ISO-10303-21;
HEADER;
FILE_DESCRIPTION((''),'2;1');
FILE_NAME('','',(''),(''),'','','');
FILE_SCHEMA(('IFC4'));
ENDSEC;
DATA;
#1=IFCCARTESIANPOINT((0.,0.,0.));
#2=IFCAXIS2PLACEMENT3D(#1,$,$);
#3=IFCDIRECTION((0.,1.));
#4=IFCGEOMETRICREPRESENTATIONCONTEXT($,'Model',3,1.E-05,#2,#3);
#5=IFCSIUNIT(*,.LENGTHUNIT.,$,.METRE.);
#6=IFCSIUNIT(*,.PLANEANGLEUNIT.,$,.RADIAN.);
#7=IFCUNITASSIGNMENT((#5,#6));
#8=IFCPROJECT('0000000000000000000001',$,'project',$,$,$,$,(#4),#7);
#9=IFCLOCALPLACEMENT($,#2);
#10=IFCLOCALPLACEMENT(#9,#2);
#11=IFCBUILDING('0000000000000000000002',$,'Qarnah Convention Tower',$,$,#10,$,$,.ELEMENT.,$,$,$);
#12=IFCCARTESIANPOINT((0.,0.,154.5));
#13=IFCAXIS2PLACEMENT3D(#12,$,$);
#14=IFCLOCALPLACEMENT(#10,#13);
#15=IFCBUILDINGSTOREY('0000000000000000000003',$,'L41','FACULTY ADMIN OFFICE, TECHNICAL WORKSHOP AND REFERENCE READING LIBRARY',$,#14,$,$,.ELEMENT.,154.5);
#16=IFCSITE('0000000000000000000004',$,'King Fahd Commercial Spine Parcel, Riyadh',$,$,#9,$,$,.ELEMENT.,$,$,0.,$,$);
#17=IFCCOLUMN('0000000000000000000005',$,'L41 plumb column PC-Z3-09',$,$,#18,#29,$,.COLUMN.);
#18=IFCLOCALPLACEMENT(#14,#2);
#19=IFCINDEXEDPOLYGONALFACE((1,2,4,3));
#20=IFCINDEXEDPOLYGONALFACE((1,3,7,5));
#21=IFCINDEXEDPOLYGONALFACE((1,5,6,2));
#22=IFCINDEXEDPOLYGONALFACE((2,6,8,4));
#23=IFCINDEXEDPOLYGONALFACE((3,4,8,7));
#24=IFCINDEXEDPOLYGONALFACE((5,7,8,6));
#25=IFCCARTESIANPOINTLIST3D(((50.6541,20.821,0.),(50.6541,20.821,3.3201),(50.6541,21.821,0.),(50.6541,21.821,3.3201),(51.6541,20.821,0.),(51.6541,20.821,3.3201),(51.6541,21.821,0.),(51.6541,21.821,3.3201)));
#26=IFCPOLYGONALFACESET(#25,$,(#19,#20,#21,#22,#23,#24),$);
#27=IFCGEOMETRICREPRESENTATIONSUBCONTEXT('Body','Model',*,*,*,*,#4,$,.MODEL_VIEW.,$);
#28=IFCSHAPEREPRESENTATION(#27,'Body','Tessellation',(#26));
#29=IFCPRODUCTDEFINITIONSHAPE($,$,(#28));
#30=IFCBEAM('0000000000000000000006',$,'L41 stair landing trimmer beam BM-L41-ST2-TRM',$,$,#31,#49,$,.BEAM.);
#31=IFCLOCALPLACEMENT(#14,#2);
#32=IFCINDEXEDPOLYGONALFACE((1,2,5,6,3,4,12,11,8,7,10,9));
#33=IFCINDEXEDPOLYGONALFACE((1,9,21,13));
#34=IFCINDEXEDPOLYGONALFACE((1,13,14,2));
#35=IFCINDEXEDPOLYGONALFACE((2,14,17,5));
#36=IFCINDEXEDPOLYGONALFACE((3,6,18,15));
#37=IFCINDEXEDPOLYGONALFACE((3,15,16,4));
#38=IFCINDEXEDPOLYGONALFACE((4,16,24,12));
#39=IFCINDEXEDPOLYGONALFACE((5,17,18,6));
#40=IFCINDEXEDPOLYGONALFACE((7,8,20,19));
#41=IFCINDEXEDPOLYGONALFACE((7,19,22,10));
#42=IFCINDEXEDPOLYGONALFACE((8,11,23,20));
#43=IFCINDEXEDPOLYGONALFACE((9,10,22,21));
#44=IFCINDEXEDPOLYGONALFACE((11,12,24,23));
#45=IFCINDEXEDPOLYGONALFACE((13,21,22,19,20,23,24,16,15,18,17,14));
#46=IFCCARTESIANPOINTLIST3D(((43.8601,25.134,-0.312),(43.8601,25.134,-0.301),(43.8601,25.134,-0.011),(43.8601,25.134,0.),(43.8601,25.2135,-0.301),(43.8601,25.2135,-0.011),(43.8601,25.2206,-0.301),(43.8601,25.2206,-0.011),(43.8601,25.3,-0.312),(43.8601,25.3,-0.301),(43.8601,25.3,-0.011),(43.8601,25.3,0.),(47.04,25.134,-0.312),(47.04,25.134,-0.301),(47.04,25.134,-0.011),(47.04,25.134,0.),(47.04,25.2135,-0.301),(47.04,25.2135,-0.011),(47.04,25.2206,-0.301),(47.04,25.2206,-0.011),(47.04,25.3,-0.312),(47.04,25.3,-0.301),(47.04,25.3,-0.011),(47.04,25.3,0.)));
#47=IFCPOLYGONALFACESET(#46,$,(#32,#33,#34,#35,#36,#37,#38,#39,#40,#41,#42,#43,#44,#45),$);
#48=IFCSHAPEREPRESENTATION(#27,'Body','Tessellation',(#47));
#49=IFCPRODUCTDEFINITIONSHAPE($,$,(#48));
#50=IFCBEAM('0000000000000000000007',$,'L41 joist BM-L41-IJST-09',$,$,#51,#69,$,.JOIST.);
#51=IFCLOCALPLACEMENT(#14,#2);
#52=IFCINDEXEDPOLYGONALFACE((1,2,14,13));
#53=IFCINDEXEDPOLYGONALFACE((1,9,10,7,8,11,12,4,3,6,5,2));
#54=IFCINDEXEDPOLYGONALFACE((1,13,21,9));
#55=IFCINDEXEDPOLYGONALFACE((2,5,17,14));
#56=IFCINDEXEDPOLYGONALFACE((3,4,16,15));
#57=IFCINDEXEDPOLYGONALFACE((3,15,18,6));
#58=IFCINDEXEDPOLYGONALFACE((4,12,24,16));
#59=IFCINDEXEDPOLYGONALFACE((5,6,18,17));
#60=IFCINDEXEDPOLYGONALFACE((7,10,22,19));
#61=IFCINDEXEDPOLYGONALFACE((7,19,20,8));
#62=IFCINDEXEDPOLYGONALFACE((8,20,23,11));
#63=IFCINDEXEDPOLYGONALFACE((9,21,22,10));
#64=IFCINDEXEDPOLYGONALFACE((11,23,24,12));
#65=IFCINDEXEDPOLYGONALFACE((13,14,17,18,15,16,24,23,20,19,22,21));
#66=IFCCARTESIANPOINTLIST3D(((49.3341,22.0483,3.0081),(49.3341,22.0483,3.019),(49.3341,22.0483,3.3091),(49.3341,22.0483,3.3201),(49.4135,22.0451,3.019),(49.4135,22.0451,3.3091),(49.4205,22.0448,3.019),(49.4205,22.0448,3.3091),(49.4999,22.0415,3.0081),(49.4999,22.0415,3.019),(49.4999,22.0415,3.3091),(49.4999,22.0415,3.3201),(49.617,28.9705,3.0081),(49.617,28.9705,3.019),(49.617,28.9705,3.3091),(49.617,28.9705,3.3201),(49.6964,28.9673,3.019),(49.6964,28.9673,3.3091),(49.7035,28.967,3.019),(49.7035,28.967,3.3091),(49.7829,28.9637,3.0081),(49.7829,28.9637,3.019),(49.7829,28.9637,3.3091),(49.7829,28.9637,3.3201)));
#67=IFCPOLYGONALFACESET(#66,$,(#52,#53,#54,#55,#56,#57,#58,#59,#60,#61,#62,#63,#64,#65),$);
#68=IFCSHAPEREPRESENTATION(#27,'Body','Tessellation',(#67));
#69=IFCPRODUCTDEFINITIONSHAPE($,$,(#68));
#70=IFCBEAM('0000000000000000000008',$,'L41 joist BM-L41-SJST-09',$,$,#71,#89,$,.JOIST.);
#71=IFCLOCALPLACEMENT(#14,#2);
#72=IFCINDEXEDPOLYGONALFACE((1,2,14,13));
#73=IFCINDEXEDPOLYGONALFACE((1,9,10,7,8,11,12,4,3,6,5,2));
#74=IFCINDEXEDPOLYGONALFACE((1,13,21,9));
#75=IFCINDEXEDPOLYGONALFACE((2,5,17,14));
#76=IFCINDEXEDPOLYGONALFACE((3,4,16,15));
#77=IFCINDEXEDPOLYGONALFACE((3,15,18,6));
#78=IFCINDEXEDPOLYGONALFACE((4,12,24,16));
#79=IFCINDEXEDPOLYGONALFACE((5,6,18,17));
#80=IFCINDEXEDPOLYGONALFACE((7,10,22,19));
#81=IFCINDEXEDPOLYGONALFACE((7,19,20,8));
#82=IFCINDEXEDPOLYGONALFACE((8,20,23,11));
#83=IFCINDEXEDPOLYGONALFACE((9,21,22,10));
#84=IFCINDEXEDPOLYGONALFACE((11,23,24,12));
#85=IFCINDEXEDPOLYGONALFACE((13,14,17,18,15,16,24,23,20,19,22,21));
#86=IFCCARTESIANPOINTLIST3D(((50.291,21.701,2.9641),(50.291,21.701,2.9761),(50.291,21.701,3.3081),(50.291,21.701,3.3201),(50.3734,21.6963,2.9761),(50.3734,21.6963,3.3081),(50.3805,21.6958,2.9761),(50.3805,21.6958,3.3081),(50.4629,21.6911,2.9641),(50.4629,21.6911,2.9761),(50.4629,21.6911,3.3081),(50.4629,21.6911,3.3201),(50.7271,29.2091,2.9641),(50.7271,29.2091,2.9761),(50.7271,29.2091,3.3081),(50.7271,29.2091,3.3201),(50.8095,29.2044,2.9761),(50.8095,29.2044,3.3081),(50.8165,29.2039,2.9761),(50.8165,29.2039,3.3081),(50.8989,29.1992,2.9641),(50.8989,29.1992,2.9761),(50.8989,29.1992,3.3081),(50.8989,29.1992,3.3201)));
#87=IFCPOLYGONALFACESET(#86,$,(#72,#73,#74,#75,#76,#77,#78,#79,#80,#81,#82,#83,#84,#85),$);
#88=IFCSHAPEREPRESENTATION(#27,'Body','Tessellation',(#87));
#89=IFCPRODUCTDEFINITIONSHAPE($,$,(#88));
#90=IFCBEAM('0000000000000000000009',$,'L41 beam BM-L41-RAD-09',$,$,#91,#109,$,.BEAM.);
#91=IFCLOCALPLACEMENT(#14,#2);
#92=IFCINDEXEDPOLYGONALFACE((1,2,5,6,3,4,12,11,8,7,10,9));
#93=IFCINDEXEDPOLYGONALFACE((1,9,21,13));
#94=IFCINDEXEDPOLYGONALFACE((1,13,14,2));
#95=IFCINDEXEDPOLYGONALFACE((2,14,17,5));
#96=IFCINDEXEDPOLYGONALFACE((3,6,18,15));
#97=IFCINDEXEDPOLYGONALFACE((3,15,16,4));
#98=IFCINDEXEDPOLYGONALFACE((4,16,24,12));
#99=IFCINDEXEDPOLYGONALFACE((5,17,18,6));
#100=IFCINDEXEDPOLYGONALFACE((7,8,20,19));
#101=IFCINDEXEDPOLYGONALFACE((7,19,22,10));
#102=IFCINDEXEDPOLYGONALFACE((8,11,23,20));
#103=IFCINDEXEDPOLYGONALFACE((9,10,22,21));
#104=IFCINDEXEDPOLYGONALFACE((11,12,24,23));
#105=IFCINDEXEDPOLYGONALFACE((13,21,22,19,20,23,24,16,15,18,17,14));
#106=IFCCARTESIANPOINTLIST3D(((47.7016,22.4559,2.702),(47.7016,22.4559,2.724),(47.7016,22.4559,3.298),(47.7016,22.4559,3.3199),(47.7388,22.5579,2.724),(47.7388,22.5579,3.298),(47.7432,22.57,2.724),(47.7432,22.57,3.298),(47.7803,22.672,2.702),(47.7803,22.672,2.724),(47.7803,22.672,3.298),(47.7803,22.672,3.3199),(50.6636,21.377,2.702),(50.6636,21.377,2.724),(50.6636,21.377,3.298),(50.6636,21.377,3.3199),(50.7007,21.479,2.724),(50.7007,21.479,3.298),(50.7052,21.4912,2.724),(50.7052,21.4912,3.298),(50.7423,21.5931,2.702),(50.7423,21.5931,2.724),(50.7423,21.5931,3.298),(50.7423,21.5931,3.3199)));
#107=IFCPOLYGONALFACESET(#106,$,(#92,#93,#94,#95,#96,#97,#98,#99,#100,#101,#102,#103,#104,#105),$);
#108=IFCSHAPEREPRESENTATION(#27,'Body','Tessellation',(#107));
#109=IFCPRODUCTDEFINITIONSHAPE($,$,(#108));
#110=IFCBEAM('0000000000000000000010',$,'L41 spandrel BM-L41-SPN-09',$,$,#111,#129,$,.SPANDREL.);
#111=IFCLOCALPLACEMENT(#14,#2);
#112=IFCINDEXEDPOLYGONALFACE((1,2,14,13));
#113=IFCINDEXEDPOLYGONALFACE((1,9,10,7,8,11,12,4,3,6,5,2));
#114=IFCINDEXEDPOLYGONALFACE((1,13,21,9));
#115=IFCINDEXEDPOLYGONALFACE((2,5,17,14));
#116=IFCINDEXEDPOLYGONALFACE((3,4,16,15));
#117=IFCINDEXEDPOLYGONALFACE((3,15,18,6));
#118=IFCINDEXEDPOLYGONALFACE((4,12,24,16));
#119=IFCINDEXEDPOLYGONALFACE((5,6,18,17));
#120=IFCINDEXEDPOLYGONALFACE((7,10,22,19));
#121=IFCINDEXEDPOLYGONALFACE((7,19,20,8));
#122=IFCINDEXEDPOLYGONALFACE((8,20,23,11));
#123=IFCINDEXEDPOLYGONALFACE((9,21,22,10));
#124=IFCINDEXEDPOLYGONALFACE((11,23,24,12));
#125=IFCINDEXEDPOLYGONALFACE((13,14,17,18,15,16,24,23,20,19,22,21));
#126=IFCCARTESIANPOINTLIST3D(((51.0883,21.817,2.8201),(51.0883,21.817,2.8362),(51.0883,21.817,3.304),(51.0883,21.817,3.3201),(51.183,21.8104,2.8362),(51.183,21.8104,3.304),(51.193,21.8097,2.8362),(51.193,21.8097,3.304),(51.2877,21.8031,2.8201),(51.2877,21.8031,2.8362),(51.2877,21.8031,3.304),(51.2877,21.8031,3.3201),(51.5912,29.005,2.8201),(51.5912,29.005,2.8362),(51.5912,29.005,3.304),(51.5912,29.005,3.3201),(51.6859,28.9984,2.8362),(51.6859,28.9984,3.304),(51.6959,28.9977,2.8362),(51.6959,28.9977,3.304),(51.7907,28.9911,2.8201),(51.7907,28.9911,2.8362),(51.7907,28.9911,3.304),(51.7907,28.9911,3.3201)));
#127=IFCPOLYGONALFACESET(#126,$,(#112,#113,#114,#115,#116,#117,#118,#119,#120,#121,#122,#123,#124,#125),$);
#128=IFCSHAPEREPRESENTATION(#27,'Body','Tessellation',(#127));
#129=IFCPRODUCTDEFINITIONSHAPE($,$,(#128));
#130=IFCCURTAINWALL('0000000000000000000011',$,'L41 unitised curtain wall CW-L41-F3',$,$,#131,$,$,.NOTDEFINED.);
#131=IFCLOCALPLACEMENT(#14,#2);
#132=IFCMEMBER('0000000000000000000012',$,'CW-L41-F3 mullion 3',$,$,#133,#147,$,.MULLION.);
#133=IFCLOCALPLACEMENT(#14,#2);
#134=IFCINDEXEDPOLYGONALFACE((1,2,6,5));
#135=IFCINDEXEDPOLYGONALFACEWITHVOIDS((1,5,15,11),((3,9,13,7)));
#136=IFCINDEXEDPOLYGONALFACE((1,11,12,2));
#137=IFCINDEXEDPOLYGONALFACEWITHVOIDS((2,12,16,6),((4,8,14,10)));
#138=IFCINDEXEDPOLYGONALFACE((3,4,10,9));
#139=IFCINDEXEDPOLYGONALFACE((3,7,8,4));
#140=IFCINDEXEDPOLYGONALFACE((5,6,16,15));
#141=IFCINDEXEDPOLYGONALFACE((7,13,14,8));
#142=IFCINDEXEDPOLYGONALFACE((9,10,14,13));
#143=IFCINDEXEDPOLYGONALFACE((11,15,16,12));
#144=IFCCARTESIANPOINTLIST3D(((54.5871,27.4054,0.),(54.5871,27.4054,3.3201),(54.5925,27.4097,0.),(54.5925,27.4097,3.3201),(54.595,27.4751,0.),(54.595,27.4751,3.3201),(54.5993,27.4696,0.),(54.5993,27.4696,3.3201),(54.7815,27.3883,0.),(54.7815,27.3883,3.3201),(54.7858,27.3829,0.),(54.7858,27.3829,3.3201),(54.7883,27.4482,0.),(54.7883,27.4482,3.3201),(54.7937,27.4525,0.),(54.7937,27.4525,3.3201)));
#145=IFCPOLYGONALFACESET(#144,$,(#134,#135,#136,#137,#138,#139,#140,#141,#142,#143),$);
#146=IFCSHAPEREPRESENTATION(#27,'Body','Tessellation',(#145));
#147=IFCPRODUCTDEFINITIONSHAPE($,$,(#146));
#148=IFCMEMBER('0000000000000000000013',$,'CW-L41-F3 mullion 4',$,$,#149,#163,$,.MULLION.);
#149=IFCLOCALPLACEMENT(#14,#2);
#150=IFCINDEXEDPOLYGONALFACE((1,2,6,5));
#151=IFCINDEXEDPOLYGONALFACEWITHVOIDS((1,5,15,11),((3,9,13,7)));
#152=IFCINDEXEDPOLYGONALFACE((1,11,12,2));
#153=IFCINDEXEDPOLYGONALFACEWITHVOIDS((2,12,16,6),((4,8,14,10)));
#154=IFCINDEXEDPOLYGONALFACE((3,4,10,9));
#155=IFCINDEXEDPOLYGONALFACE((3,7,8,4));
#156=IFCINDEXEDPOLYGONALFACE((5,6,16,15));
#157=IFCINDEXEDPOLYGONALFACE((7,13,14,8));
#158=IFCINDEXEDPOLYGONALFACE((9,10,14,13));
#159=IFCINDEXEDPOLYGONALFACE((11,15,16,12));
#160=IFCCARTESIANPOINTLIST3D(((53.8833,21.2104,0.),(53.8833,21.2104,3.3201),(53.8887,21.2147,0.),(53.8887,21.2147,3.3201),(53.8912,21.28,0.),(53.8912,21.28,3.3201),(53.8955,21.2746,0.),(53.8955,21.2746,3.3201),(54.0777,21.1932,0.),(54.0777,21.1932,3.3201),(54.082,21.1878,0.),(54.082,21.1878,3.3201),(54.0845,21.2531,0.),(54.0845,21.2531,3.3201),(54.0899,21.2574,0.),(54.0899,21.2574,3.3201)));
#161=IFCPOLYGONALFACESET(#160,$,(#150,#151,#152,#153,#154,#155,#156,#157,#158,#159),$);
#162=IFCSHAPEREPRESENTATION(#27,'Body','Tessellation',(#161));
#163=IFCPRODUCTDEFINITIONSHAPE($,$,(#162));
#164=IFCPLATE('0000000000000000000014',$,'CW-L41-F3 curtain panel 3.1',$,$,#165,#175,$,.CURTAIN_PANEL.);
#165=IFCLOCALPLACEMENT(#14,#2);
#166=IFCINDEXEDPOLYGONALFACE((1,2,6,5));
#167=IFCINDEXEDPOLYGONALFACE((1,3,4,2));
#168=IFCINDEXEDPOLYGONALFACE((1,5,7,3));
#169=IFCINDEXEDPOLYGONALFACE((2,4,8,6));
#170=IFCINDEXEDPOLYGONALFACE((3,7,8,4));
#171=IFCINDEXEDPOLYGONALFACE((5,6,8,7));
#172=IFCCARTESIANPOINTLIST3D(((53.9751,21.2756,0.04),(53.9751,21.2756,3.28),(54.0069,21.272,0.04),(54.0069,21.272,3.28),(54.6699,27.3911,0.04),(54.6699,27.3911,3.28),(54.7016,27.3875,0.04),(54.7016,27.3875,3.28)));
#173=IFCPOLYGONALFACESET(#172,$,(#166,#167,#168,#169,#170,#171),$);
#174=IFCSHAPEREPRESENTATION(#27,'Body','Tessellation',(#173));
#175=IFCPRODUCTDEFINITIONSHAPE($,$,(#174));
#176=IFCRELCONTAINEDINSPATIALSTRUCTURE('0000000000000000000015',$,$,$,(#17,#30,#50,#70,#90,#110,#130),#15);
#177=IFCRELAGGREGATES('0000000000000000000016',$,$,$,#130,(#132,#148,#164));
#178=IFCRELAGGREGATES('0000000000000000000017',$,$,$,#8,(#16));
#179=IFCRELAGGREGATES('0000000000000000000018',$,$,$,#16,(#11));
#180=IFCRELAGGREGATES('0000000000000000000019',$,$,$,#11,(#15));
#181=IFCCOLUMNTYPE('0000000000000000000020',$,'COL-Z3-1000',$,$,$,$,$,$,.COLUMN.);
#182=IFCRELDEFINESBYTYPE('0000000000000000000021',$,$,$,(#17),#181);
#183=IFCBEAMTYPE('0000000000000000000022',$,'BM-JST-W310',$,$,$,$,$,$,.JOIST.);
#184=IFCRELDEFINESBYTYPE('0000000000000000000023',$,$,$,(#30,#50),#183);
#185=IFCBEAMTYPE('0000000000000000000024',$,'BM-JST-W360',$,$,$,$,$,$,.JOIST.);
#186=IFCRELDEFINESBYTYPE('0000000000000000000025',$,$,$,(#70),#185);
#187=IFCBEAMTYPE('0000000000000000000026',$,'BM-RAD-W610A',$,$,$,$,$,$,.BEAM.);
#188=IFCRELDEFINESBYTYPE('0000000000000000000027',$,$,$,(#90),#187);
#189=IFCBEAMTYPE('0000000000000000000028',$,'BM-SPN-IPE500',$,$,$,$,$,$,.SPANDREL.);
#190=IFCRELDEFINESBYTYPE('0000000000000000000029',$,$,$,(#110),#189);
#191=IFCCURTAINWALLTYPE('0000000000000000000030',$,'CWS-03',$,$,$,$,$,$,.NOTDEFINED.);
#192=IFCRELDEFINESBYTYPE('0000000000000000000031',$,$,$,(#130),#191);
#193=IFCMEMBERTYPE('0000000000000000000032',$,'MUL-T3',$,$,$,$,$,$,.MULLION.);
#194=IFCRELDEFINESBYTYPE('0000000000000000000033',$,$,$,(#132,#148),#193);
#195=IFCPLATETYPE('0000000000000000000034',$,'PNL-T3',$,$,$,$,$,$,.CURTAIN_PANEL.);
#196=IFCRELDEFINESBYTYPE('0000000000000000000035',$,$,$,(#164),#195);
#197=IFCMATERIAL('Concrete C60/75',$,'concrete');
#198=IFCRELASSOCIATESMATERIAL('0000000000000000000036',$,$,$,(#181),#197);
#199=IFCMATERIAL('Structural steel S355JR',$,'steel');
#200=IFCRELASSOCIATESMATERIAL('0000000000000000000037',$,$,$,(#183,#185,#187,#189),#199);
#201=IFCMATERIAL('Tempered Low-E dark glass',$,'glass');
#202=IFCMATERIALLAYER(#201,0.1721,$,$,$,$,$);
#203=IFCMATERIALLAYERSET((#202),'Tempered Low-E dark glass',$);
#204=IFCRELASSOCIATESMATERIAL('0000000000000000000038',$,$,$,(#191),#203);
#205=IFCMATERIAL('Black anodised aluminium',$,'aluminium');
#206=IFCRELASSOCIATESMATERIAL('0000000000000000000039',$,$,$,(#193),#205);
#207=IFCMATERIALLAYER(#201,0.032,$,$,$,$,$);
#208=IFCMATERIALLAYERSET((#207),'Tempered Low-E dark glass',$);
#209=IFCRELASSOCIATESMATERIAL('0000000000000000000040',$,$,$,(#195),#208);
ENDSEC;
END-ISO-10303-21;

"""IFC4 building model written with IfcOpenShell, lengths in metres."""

from ifc_helpers import new_model, si_unit, direction, frame, origin, origin_2d, place, context, subcontext, project, spatial, rectangle, hollow_rectangle, i_section, extrude, material, layer, layer_set, material_profile, profile_set, type_object, element, aggregate, save


model = new_model("IFC4")

# Units and contexts
model_context = context("Model", 3, precision=1e-05, world=origin(), true_north=direction((0.0, 1.0)))
body_context = subcontext(model_context, "Body", "Model", "MODEL_VIEW")
ifc_project = project(units=[si_unit("LENGTHUNIT", "METRE"), si_unit("PLANEANGLEUNIT", "RADIAN")], contexts=[model_context])

# Site, building, storey
site_placement = place(None, origin())
site = spatial("IfcSite", under=ifc_project, at=site_placement, Name="King Fahd Commercial Spine Parcel, Riyadh", CompositionType="ELEMENT", RefElevation=0.0)
building_placement = place(site_placement, origin())
building = spatial("IfcBuilding", under=site, at=building_placement, Name="Qarnah Convention Tower", CompositionType="ELEMENT")
storey_placement = place(building_placement, frame((0.0, 0.0, 154.5)))
storey = spatial("IfcBuildingStorey", under=building, at=storey_placement, Name="L41", Description="FACULTY ADMIN OFFICE, TECHNICAL WORKSHOP AND REFERENCE READING LIBRARY", CompositionType="ELEMENT", Elevation=154.5)

# Column
ifc_material_1 = material(Name="Concrete C60/75", Category="concrete")
ifc_material_profile_1 = material_profile(ifc_material_1, rectangle(XDim=1.0, YDim=1.0, at=origin_2d()), Name="RC-COL-1000X1000")
ifc_profile_set_1 = profile_set([ifc_material_profile_1], Name="Concrete C60/75")
column_type = type_object("IfcColumnType", Name="COL-Z3-1000", PredefinedType="COLUMN", material=ifc_profile_set_1)
column_placement = place(storey_placement, frame((51.1541, 21.321, 0.0), z_axis=(0.0, 0.0, 1.0), x_axis=(1.0, 0.0, 0.0)))
element("IfcColumn", 1, at=column_placement, inside=storey, type_object=column_type, Name="L41 plumb column PC-Z3-09", PredefinedType="COLUMN", context=body_context, shape_type="SweptSolid", body=[
    extrude(rectangle(XDim=1.0, YDim=1.0, at=origin_2d()), origin(), (0.0, 0.0, 1.0), 3.3201),
])

# Beams
ifc_material_2 = material(Name="Structural steel S355JR", Category="steel")
ifc_material_profile_2 = material_profile(ifc_material_2, i_section(OverallWidth=0.166, OverallDepth=0.312, WebThickness=0.0071, FlangeThickness=0.011, at=origin_2d()), Name="W310X45")
ifc_profile_set_2 = profile_set([ifc_material_profile_2], Name="Structural steel S355JR")
beam_type_1 = type_object("IfcBeamType", Name="BM-JST-W310", PredefinedType="JOIST", material=ifc_profile_set_2)
beam_1_placement = place(storey_placement, frame((43.8601, 25.217, -0.156), z_axis=(1.0, 0.0, 0.0), x_axis=(0.0, 1.0, 0.0)))
element("IfcBeam", 2, at=beam_1_placement, inside=storey, type_object=beam_type_1, Name="L41 stair landing trimmer beam BM-L41-ST2-TRM", PredefinedType="BEAM", context=body_context, shape_type="SweptSolid", body=[
    extrude(i_section(OverallWidth=0.166, OverallDepth=0.312, WebThickness=0.0071, FlangeThickness=0.011, at=origin_2d()), origin(), (0.0, 0.0, 1.0), 3.1799),
])
beam_2_placement = place(storey_placement, frame((49.417, 22.0449, 3.1641), z_axis=(0.040843, 0.999166, 0.0), x_axis=(-0.999166, 0.040843, 0.0)))
element("IfcBeam", 3, at=beam_2_placement, inside=storey, type_object=beam_type_1, Name="L41 joist BM-L41-IJST-09", PredefinedType="JOIST", context=body_context, shape_type="SweptSolid", body=[
    extrude(i_section(OverallWidth=0.166, OverallDepth=0.312, WebThickness=0.0071, FlangeThickness=0.011, at=origin_2d()), origin(), (0.0, 0.0, 1.0), 6.928),
])
ifc_material_profile_3 = material_profile(ifc_material_2, i_section(OverallWidth=0.1721, OverallDepth=0.356, WebThickness=0.0071, FlangeThickness=0.012, at=origin_2d()), Name="W360X51")
ifc_profile_set_3 = profile_set([ifc_material_profile_3], Name="Structural steel S355JR")
beam_type_2 = type_object("IfcBeamType", Name="BM-JST-W360", PredefinedType="JOIST", material=ifc_profile_set_3)
beam_3_placement = place(storey_placement, frame((50.377, 21.696, 3.1421), z_axis=(0.057978, 0.998318, 0.0), x_axis=(-0.998318, 0.057978, 0.0)))
element("IfcBeam", 4, at=beam_3_placement, inside=storey, type_object=beam_type_2, Name="L41 joist BM-L41-SJST-09", PredefinedType="JOIST", context=body_context, shape_type="SweptSolid", body=[
    extrude(i_section(OverallWidth=0.1721, OverallDepth=0.356, WebThickness=0.0071, FlangeThickness=0.012, at=origin_2d()), origin(), (0.0, 0.0, 1.0), 7.5208),
])
ifc_material_profile_4 = material_profile(ifc_material_2, i_section(OverallWidth=0.23, OverallDepth=0.6179, WebThickness=0.0129, FlangeThickness=0.022, at=origin_2d()), Name="W610X140")
ifc_profile_set_4 = profile_set([ifc_material_profile_4], Name="Structural steel S355JR")
beam_type_3 = type_object("IfcBeamType", Name="BM-RAD-W610A", PredefinedType="BEAM", material=ifc_profile_set_4)
beam_4_placement = place(storey_placement, frame((47.741, 22.564, 3.011), z_axis=(0.93961, -0.342247, 0.0), x_axis=(0.342247, 0.93961, 0.0)))
element("IfcBeam", 5, at=beam_4_placement, inside=storey, type_object=beam_type_3, Name="L41 beam BM-L41-RAD-09", PredefinedType="BEAM", context=body_context, shape_type="SweptSolid", body=[
    extrude(i_section(OverallWidth=0.23, OverallDepth=0.6179, WebThickness=0.0129, FlangeThickness=0.022, at=origin_2d()), origin(), (0.0, 0.0, 1.0), 3.1523),
])
ifc_material_profile_5 = material_profile(ifc_material_2, i_section(OverallWidth=0.2, OverallDepth=0.5, WebThickness=0.01, FlangeThickness=0.0161, at=origin_2d()), Name="IPE500")
ifc_profile_set_5 = profile_set([ifc_material_profile_5], Name="Structural steel S355JR")
beam_type_4 = type_object("IfcBeamType", Name="BM-SPN-IPE500", PredefinedType="SPANDREL", material=ifc_profile_set_5)
beam_5_placement = place(storey_placement, frame((51.188, 21.8101, 3.0701), z_axis=(0.069797, 0.997561, 0.0), x_axis=(-0.997561, 0.069797, 0.0)))
element("IfcBeam", 6, at=beam_5_placement, inside=storey, type_object=beam_type_4, Name="L41 spandrel BM-L41-SPN-09", PredefinedType="SPANDREL", context=body_context, shape_type="SweptSolid", body=[
    extrude(i_section(OverallWidth=0.2, OverallDepth=0.5, WebThickness=0.01, FlangeThickness=0.0161, at=origin_2d()), origin(), (0.0, 0.0, 1.0), 7.2056),
])

# Curtain wall, members, plate
ifc_material_3 = material(Name="Tempered Low-E dark glass", Category="glass")
ifc_layer_1 = layer(ifc_material_3, 0.1721)
ifc_layer_set_1 = layer_set([ifc_layer_1], Name="Tempered Low-E dark glass")
curtain_wall_type = type_object("IfcCurtainWallType", Name="CWS-03", PredefinedType="NOTDEFINED", material=ifc_layer_set_1)
curtain_wall_placement = place(storey_placement, origin())
curtain_wall = element("IfcCurtainWall", 7, at=curtain_wall_placement, inside=storey, type_object=curtain_wall_type, Name="L41 unitised curtain wall CW-L41-F3", PredefinedType="NOTDEFINED")
ifc_material_4 = material(Name="Black anodised aluminium", Category="aluminium")
ifc_material_profile_6 = material_profile(ifc_material_4, hollow_rectangle(XDim=0.0701, YDim=0.2, WallThickness=0.0049, at=origin_2d()), Name="MUL-70X200")
ifc_profile_set_6 = profile_set([ifc_material_profile_6], Name="Black anodised aluminium")
member_type = type_object("IfcMemberType", Name="MUL-T3", PredefinedType="MULLION", material=ifc_profile_set_6)
member_1_placement = place(storey_placement, frame((54.6904, 27.429, 0.0), z_axis=(0.0, 0.0, 1.0), x_axis=(-0.112882, -0.993608, 0.0)))
member_1 = element("IfcMember", 8, at=member_1_placement, type_object=member_type, Name="CW-L41-F3 mullion 3", PredefinedType="MULLION", context=body_context, shape_type="SweptSolid", body=[
    extrude(hollow_rectangle(XDim=0.0701, YDim=0.2, WallThickness=0.0049, at=origin_2d()), origin(), (0.0, 0.0, 1.0), 3.3201),
])
member_2_placement = place(storey_placement, frame((53.9866, 21.2339, 0.0), z_axis=(0.0, 0.0, 1.0), x_axis=(-0.112882, -0.993608, 0.0)))
member_2 = element("IfcMember", 9, at=member_2_placement, type_object=member_type, Name="CW-L41-F3 mullion 4", PredefinedType="MULLION", context=body_context, shape_type="SweptSolid", body=[
    extrude(hollow_rectangle(XDim=0.0701, YDim=0.2, WallThickness=0.0049, at=origin_2d()), origin(), (0.0, 0.0, 1.0), 3.3201),
])
ifc_layer_2 = layer(ifc_material_3, 0.032)
ifc_layer_set_2 = layer_set([ifc_layer_2], Name="Tempered Low-E dark glass")
plate_type = type_object("IfcPlateType", Name="PNL-T3", PredefinedType="CURTAIN_PANEL", material=ifc_layer_set_2)
plate_placement = place(storey_placement, frame((54.3384, 24.3315, 0.04), z_axis=(0.0, 0.0, 1.0), x_axis=(-0.112882, -0.993608, 0.0)))
plate = element("IfcPlate", 10, at=plate_placement, type_object=plate_type, Name="CW-L41-F3 curtain panel 3.1", PredefinedType="CURTAIN_PANEL", context=body_context, shape_type="SweptSolid", body=[
    extrude(rectangle(XDim=6.1548, YDim=0.032, at=origin_2d()), origin(), (0.0, 0.0, 1.0), 3.24),
])
aggregate(curtain_wall, [member_1, member_2, plate])

save(model, "model.ifc")
